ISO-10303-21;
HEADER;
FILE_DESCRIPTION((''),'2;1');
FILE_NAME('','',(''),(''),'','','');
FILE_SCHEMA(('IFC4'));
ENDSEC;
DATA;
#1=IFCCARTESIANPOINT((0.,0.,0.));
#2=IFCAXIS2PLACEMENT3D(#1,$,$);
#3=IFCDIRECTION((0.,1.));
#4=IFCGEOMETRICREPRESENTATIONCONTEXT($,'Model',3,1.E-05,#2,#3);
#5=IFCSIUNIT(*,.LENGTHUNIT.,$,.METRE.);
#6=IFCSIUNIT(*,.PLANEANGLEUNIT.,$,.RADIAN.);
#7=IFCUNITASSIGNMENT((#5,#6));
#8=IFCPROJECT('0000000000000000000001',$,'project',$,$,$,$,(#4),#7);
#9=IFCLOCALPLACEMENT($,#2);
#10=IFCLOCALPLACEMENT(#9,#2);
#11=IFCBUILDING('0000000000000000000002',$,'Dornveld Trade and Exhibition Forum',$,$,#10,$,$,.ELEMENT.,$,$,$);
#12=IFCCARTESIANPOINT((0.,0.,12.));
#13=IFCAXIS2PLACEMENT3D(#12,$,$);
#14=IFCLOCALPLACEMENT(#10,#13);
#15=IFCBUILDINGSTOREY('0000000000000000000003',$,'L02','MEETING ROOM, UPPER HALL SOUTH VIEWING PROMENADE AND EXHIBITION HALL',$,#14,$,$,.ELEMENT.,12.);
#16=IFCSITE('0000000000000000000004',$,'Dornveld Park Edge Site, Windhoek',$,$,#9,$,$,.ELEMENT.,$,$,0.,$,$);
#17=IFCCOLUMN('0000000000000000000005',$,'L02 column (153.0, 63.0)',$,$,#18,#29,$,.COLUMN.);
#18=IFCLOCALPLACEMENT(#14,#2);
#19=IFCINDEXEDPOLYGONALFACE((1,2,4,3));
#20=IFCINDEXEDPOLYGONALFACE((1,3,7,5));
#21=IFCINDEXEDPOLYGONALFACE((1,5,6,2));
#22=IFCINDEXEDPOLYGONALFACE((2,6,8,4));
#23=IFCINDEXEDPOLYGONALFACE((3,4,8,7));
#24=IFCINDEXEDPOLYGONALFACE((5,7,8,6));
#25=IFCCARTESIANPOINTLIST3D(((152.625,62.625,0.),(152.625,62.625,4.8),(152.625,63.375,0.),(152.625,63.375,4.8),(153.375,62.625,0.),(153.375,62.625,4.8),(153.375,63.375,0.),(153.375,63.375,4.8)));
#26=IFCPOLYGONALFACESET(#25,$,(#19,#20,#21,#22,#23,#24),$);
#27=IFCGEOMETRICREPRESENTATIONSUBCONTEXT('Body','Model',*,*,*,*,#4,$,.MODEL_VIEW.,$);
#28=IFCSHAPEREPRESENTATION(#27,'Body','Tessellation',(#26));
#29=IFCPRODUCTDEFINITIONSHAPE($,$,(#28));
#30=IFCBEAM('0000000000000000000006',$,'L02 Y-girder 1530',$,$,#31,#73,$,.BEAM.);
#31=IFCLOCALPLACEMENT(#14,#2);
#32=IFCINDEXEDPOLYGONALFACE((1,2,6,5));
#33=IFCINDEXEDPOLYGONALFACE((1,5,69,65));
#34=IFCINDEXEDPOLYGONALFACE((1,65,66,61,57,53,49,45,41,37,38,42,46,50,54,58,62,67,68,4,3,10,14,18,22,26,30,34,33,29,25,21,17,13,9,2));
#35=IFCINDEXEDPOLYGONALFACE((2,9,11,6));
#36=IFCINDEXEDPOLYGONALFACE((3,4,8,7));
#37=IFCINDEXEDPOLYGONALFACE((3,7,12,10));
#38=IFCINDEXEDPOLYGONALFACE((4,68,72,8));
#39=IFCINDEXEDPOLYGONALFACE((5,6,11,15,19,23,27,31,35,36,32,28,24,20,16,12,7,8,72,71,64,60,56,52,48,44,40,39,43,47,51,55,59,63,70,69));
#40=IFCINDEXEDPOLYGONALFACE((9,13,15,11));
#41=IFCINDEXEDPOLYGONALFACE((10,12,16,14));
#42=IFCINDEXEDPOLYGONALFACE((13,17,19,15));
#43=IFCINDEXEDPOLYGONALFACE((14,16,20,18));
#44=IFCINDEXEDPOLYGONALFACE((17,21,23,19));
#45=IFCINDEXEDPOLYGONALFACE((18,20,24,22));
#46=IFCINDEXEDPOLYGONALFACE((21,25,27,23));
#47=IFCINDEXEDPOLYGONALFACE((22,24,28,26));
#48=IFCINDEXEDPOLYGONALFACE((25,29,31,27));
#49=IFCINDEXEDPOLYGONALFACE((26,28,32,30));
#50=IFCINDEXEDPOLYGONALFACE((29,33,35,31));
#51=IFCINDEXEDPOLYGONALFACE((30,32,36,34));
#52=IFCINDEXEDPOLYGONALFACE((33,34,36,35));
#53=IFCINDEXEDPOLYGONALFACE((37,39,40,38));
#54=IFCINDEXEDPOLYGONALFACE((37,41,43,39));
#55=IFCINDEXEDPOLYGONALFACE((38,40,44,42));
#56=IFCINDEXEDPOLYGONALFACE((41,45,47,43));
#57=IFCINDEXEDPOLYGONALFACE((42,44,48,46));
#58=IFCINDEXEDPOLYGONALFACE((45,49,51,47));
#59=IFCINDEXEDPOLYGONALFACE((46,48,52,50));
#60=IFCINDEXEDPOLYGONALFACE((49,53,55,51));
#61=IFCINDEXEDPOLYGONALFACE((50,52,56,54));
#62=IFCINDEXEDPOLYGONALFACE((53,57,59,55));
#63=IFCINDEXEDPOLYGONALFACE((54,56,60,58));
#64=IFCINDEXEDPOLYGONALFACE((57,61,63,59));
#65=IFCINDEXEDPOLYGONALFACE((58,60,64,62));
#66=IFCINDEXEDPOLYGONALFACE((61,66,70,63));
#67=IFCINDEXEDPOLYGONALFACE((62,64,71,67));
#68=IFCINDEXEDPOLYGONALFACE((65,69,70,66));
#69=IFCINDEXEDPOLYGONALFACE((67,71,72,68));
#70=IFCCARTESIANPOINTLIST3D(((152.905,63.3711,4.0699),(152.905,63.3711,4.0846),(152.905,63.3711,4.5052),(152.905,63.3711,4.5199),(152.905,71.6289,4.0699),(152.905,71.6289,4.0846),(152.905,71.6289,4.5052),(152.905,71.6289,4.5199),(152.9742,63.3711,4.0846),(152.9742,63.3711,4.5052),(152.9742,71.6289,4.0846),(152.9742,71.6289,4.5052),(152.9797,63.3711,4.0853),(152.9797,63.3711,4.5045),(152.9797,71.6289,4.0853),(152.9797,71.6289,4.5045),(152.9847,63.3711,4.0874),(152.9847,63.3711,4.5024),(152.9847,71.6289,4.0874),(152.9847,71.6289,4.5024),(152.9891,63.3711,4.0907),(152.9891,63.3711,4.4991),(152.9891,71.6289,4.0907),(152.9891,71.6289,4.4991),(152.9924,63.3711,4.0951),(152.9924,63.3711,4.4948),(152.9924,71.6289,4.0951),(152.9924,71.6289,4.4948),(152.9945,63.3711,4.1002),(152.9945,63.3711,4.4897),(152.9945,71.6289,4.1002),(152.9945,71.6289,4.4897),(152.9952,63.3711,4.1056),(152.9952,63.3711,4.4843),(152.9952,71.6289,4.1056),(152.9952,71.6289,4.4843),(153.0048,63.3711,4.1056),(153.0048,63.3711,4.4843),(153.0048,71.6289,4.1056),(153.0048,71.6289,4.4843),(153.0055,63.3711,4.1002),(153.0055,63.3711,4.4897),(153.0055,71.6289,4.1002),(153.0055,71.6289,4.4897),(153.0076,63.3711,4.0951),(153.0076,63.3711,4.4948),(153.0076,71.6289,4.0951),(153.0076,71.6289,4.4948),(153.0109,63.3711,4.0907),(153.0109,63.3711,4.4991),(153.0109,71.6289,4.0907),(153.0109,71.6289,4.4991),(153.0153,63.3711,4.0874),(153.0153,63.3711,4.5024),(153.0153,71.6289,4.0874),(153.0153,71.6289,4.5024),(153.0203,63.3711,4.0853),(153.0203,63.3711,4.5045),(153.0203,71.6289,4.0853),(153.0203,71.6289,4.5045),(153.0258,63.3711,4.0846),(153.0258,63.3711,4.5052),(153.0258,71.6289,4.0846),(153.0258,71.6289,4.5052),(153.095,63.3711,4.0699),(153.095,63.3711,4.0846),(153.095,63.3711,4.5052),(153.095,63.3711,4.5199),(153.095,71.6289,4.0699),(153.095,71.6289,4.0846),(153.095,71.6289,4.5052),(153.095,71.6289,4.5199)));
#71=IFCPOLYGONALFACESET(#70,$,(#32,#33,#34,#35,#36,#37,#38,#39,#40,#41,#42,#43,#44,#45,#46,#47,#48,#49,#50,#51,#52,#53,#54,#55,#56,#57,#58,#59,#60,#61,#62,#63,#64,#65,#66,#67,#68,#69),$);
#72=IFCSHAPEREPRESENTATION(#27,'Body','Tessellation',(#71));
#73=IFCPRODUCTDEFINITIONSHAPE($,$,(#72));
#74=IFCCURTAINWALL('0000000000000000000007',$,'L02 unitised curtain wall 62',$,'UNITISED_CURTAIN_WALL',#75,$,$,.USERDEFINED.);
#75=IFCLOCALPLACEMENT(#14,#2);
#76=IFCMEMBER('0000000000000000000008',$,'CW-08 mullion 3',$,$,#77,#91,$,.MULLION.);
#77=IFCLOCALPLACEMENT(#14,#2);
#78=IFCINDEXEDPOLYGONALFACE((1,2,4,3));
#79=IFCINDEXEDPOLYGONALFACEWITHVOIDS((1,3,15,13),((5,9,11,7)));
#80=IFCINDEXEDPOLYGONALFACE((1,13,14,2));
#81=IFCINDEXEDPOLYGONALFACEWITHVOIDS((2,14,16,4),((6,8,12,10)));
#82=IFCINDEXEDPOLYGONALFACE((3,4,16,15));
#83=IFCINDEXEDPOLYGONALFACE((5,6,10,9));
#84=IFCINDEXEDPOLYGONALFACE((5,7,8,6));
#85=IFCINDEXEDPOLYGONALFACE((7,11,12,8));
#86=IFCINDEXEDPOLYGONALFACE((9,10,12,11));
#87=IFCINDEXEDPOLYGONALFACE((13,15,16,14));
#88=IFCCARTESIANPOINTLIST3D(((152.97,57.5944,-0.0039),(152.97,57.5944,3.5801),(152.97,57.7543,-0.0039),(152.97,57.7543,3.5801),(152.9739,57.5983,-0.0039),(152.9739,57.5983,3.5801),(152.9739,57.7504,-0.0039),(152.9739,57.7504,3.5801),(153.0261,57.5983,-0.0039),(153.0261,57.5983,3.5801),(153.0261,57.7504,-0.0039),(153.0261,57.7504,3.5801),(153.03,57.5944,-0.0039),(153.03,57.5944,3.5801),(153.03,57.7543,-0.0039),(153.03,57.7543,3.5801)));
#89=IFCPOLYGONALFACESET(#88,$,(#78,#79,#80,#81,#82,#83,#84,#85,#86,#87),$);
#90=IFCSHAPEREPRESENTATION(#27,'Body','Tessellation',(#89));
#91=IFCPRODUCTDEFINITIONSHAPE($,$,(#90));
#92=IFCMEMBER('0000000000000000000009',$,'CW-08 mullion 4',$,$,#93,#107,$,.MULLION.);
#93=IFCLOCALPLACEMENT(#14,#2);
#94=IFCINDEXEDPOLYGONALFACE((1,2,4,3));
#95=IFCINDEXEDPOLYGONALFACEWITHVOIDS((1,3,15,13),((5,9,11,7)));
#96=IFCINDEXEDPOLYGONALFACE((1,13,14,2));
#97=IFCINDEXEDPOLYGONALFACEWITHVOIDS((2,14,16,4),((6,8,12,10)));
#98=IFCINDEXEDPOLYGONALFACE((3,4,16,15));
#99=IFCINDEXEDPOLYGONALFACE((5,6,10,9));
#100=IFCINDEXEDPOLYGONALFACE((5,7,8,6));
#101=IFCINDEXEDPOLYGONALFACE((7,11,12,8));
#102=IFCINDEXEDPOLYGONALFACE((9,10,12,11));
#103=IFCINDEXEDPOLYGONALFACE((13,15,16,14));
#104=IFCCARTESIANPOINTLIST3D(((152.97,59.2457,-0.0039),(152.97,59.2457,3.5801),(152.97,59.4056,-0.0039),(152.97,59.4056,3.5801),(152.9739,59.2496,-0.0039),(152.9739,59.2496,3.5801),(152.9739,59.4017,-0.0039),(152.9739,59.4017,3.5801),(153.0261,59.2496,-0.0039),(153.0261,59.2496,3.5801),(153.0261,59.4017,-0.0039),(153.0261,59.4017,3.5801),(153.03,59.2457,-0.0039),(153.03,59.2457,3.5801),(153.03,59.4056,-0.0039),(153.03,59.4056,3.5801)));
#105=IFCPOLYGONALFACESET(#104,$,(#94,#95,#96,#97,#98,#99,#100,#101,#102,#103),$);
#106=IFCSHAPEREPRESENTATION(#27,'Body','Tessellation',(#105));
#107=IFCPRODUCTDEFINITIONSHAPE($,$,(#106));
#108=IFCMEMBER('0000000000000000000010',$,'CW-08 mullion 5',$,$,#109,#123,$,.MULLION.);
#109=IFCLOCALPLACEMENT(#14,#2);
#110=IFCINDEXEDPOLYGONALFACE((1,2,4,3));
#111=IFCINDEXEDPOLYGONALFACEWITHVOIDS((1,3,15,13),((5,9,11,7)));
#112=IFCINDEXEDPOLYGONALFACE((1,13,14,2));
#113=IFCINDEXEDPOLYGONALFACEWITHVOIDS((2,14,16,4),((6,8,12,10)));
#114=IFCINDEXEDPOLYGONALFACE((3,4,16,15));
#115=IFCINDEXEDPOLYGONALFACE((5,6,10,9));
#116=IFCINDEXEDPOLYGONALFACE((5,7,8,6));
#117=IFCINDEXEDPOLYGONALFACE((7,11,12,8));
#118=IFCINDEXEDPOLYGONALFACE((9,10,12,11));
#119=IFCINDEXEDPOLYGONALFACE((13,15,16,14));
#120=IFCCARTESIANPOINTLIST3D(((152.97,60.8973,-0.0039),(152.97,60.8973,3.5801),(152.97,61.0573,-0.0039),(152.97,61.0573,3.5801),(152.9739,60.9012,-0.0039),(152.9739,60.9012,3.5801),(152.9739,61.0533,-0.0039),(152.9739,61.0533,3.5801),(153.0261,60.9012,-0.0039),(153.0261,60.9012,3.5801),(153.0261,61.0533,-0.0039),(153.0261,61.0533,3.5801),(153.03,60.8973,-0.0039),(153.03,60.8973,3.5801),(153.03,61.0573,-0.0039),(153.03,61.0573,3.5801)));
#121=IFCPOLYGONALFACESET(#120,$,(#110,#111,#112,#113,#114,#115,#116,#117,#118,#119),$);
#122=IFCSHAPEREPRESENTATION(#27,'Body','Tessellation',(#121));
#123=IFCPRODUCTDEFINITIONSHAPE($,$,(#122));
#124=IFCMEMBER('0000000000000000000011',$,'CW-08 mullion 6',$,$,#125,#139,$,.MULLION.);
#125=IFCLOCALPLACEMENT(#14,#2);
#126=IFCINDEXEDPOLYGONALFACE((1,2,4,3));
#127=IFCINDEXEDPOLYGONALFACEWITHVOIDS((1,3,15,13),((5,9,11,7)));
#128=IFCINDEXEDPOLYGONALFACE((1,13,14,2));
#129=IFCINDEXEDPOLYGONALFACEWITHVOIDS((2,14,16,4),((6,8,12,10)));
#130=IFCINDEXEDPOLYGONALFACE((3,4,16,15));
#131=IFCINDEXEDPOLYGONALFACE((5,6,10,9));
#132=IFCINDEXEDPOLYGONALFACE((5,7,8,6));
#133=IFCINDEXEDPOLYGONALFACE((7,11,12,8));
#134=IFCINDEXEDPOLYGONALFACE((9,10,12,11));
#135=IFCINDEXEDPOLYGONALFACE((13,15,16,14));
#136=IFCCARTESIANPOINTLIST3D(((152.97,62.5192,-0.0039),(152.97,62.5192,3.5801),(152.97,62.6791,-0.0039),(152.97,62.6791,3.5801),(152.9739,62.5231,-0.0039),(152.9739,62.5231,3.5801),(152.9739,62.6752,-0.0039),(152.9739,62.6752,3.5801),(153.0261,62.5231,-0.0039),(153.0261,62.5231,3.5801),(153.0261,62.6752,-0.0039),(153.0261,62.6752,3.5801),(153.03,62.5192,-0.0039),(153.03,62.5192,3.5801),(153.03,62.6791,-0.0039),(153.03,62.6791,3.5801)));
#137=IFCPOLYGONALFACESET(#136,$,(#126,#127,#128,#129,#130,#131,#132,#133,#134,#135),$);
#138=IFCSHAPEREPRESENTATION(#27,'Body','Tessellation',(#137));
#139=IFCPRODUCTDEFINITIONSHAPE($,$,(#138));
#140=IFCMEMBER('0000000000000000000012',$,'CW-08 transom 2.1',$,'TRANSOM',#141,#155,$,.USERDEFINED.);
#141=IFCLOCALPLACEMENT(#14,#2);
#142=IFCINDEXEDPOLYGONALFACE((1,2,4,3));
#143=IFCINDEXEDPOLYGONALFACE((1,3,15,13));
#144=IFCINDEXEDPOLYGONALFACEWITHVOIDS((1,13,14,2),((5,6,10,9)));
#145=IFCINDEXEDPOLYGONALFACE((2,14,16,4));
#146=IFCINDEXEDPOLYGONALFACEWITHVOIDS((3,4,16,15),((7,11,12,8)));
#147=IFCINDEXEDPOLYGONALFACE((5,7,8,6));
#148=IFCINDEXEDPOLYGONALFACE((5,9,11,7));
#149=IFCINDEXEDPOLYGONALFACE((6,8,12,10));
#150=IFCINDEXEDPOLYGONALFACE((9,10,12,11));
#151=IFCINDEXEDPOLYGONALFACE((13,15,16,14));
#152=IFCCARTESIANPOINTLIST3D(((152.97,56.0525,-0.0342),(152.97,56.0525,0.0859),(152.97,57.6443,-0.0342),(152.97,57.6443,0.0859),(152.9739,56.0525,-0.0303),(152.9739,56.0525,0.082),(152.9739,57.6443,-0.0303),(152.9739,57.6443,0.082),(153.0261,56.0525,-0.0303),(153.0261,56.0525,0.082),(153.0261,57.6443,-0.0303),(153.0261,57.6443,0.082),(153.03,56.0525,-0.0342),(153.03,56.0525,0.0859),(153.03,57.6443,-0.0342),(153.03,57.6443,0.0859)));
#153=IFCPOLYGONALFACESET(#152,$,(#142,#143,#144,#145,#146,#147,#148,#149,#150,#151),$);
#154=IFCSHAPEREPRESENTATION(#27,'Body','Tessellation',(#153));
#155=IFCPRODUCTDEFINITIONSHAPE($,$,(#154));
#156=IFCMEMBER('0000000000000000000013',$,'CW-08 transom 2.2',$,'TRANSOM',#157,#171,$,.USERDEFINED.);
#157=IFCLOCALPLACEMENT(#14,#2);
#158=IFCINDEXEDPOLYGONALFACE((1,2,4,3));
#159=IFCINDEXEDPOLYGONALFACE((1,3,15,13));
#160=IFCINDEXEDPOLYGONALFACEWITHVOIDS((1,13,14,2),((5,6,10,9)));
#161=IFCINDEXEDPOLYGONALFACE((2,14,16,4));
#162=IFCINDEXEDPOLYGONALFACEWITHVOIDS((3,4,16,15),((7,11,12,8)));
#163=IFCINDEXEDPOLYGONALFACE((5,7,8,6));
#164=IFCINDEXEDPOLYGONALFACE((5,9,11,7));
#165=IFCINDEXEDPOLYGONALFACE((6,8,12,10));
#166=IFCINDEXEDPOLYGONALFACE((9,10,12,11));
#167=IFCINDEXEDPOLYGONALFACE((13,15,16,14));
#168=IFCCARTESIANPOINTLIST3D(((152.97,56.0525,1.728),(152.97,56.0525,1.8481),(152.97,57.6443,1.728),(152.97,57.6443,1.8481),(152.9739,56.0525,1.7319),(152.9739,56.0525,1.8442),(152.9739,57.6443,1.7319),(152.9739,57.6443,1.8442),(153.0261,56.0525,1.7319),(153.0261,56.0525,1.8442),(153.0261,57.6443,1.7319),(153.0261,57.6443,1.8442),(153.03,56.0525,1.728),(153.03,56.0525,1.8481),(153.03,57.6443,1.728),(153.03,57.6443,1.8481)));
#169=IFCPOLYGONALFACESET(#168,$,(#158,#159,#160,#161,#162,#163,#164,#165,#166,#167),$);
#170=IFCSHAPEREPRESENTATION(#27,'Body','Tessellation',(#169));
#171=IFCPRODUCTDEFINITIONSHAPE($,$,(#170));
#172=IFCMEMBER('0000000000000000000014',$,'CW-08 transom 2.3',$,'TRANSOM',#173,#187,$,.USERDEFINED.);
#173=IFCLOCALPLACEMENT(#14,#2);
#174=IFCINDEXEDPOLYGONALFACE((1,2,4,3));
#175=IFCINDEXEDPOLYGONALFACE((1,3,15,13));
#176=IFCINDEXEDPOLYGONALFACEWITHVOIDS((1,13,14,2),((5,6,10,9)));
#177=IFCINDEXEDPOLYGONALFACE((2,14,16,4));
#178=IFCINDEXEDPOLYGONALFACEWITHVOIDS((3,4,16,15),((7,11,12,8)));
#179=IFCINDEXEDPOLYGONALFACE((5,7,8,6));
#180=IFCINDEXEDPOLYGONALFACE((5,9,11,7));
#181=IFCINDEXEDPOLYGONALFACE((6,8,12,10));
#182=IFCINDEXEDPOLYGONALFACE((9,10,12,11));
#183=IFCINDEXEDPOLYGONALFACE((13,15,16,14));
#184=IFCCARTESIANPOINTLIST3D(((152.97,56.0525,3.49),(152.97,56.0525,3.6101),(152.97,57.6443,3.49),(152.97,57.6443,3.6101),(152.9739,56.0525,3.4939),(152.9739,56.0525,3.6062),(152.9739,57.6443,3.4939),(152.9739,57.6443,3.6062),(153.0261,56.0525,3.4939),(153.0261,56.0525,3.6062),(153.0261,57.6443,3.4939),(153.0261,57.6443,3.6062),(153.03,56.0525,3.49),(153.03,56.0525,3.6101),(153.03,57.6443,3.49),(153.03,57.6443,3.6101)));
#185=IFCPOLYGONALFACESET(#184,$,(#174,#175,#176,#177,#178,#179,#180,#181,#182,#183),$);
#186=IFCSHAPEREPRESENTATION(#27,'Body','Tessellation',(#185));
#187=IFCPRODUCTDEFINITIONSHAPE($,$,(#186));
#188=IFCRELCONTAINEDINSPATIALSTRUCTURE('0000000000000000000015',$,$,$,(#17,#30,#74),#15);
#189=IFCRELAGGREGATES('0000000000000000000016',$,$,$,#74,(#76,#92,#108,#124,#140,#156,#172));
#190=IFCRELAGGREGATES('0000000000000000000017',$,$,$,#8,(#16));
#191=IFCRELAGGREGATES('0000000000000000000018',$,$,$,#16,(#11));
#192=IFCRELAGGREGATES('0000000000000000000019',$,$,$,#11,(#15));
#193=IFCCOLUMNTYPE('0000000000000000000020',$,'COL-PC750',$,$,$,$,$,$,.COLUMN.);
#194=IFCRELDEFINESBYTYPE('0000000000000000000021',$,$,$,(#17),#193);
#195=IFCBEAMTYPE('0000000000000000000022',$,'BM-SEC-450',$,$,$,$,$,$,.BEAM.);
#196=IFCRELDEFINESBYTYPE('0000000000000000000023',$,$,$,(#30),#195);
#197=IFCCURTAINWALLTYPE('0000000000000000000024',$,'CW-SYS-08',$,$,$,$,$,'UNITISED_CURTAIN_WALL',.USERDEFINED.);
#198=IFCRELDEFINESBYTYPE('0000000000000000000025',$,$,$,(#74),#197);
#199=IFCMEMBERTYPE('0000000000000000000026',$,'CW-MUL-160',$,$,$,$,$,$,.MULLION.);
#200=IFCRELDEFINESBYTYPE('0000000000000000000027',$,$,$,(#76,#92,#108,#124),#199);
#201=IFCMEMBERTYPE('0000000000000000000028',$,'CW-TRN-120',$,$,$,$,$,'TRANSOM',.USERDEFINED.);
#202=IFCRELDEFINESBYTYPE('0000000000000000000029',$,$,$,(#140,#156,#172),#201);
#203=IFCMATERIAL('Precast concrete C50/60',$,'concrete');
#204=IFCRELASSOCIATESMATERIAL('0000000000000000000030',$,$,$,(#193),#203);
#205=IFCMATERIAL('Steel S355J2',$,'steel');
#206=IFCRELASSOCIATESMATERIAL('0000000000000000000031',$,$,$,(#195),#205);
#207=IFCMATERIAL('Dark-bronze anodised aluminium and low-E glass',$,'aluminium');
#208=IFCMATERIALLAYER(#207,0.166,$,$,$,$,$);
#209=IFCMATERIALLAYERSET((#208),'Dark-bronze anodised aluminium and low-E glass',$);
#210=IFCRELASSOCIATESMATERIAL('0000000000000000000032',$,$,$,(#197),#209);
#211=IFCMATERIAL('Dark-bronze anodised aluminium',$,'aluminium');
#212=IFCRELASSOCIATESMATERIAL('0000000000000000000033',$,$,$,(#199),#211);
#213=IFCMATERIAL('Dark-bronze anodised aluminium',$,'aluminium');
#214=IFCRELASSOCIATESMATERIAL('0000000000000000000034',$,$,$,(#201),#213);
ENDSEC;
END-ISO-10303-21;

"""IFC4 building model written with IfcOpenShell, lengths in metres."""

from ifc_helpers import new_model, si_unit, direction, frame, origin, origin_2d, place, context, subcontext, project, spatial, rectangle, hollow_rectangle, i_section, extrude, material, layer, layer_set, material_profile, profile_set, type_object, element, aggregate, save


model = new_model("IFC4")

# Units and contexts
model_context = context("Model", 3, precision=1e-05, world=origin(), true_north=direction((0.0, 1.0)))
body_context = subcontext(model_context, "Body", "Model", "MODEL_VIEW")
ifc_project = project(units=[si_unit("LENGTHUNIT", "METRE"), si_unit("PLANEANGLEUNIT", "RADIAN")], contexts=[model_context])

# Site, building, storey
site_placement = place(None, origin())
site = spatial("IfcSite", under=ifc_project, at=site_placement, Name="Dornveld Park Edge Site, Windhoek", CompositionType="ELEMENT", RefElevation=0.0)
building_placement = place(site_placement, origin())
building = spatial("IfcBuilding", under=site, at=building_placement, Name="Dornveld Trade and Exhibition Forum", CompositionType="ELEMENT")
storey_placement = place(building_placement, frame((0.0, 0.0, 12.0)))
storey = spatial("IfcBuildingStorey", under=building, at=storey_placement, Name="L02", Description="MEETING ROOM, UPPER HALL SOUTH VIEWING PROMENADE AND EXHIBITION HALL", CompositionType="ELEMENT", Elevation=12.0)

# Column
ifc_material_1 = material(Name="Precast concrete C50/60", Category="concrete")
ifc_material_profile_1 = material_profile(ifc_material_1, rectangle(XDim=0.75, YDim=0.75, at=origin_2d()), Name="PC-COL 750x750")
ifc_profile_set_1 = profile_set([ifc_material_profile_1], Name="Precast concrete C50/60")
column_type = type_object("IfcColumnType", Name="COL-PC750", PredefinedType="COLUMN", material=ifc_profile_set_1)
column_placement = place(storey_placement, frame((153.0, 63.0, 0.0), z_axis=(0.0, 0.0, 1.0), x_axis=(1.0, 0.0, 0.0)))
element("IfcColumn", 1, at=column_placement, inside=storey, type_object=column_type, Name="L02 column (153.0, 63.0)", PredefinedType="COLUMN", context=body_context, shape_type="SweptSolid", body=[
    extrude(rectangle(XDim=0.75, YDim=0.75, at=origin_2d()), origin(), (0.0, 0.0, 1.0), 4.8),
])

# Beam
ifc_material_2 = material(Name="Steel S355J2", Category="steel")
ifc_material_profile_2 = material_profile(ifc_material_2, i_section(OverallWidth=0.1899, OverallDepth=0.45, WebThickness=0.0095, FlangeThickness=0.0146, FilletRadius=0.021, at=origin_2d()), Name="IPE 450")
ifc_profile_set_2 = profile_set([ifc_material_profile_2], Name="Steel S355J2")
beam_type = type_object("IfcBeamType", Name="BM-SEC-450", PredefinedType="BEAM", material=ifc_profile_set_2)
beam_placement = place(storey_placement, frame((153.0, 63.3711, 4.2949), z_axis=(0.0, 1.0, 0.0), x_axis=(-1.0, 0.0, 0.0)))
element("IfcBeam", 2, at=beam_placement, inside=storey, type_object=beam_type, Name="L02 Y-girder 1530", PredefinedType="BEAM", context=body_context, shape_type="SweptSolid", body=[
    extrude(i_section(OverallWidth=0.1899, OverallDepth=0.45, WebThickness=0.0095, FlangeThickness=0.0146, FilletRadius=0.021, at=origin_2d()), origin(), (0.0, 0.0, 1.0), 8.2578),
])

# Curtain wall, members
ifc_material_3 = material(Name="Dark-bronze anodised aluminium and low-E glass", Category="aluminium")
ifc_layer_1 = layer(ifc_material_3, 0.166)
ifc_layer_set_1 = layer_set([ifc_layer_1], Name="Dark-bronze anodised aluminium and low-E glass")
curtain_wall_type = type_object("IfcCurtainWallType", Name="CW-SYS-08", ElementType="UNITISED_CURTAIN_WALL", PredefinedType="USERDEFINED", material=ifc_layer_set_1)
curtain_wall_placement = place(storey_placement, origin())
curtain_wall = element("IfcCurtainWall", 3, at=curtain_wall_placement, inside=storey, type_object=curtain_wall_type, Name="L02 unitised curtain wall 62", ObjectType="UNITISED_CURTAIN_WALL", PredefinedType="USERDEFINED")
ifc_material_4 = material(Name="Dark-bronze anodised aluminium", Category="aluminium")
ifc_material_profile_3 = material_profile(ifc_material_4, hollow_rectangle(XDim=0.0601, YDim=0.1599, WallThickness=0.0039, at=origin_2d()), Name="RHS 160x60x4")
ifc_profile_set_3 = profile_set([ifc_material_profile_3], Name="Dark-bronze anodised aluminium")
member_type_1 = type_object("IfcMemberType", Name="CW-MUL-160", PredefinedType="MULLION", material=ifc_profile_set_3)
member_1_placement = place(storey_placement, frame((153.0, 57.6743, -0.0039), z_axis=(0.0, 0.0, 1.0), x_axis=(-1.0, 0.0, 0.0)))
member_1 = element("IfcMember", 4, at=member_1_placement, type_object=member_type_1, Name="CW-08 mullion 3", PredefinedType="MULLION", context=body_context, shape_type="SweptSolid", body=[
    extrude(hollow_rectangle(XDim=0.0601, YDim=0.1599, WallThickness=0.0039, at=origin_2d()), origin(), (0.0, 0.0, 1.0), 3.584),
])
member_2_placement = place(storey_placement, frame((153.0, 59.3257, -0.0039), z_axis=(0.0, 0.0, 1.0), x_axis=(-1.0, 0.0, 0.0)))
member_2 = element("IfcMember", 5, at=member_2_placement, type_object=member_type_1, Name="CW-08 mullion 4", PredefinedType="MULLION", context=body_context, shape_type="SweptSolid", body=[
    extrude(hollow_rectangle(XDim=0.0601, YDim=0.1599, WallThickness=0.0039, at=origin_2d()), origin(), (0.0, 0.0, 1.0), 3.584),
])
member_3_placement = place(storey_placement, frame((153.0, 60.9773, -0.0039), z_axis=(0.0, 0.0, 1.0), x_axis=(-1.0, 0.0, 0.0)))
member_3 = element("IfcMember", 6, at=member_3_placement, type_object=member_type_1, Name="CW-08 mullion 5", PredefinedType="MULLION", context=body_context, shape_type="SweptSolid", body=[
    extrude(hollow_rectangle(XDim=0.0601, YDim=0.1599, WallThickness=0.0039, at=origin_2d()), origin(), (0.0, 0.0, 1.0), 3.584),
])
member_4_placement = place(storey_placement, frame((153.0, 62.5991, -0.0039), z_axis=(0.0, 0.0, 1.0), x_axis=(-1.0, 0.0, 0.0)))
member_4 = element("IfcMember", 7, at=member_4_placement, type_object=member_type_1, Name="CW-08 mullion 6", PredefinedType="MULLION", context=body_context, shape_type="SweptSolid", body=[
    extrude(hollow_rectangle(XDim=0.0601, YDim=0.1599, WallThickness=0.0039, at=origin_2d()), origin(), (0.0, 0.0, 1.0), 3.584),
])
ifc_material_5 = material(Name="Dark-bronze anodised aluminium", Category="aluminium")
ifc_material_profile_4 = material_profile(ifc_material_5, hollow_rectangle(XDim=0.0601, YDim=0.1201, WallThickness=0.0039, at=origin_2d()), Name="RHS 120x60x4")
ifc_profile_set_4 = profile_set([ifc_material_profile_4], Name="Dark-bronze anodised aluminium")
member_type_2 = type_object("IfcMemberType", Name="CW-TRN-120", ElementType="TRANSOM", PredefinedType="USERDEFINED", material=ifc_profile_set_4)
member_5_placement = place(storey_placement, frame((153.0, 56.0525, 0.0259), z_axis=(0.0, 1.0, 0.0), x_axis=(-1.0, 0.0, 0.0)))
member_5 = element("IfcMember", 8, at=member_5_placement, type_object=member_type_2, Name="CW-08 transom 2.1", ObjectType="TRANSOM", PredefinedType="USERDEFINED", context=body_context, shape_type="SweptSolid", body=[
    extrude(hollow_rectangle(XDim=0.0601, YDim=0.1201, WallThickness=0.0039, at=origin_2d()), origin(), (0.0, 0.0, 1.0), 1.5918),
])
member_6_placement = place(storey_placement, frame((153.0, 56.0525, 1.7881), z_axis=(0.0, 1.0, 0.0), x_axis=(-1.0, 0.0, 0.0)))
member_6 = element("IfcMember", 9, at=member_6_placement, type_object=member_type_2, Name="CW-08 transom 2.2", ObjectType="TRANSOM", PredefinedType="USERDEFINED", context=body_context, shape_type="SweptSolid", body=[
    extrude(hollow_rectangle(XDim=0.0601, YDim=0.1201, WallThickness=0.0039, at=origin_2d()), origin(), (0.0, 0.0, 1.0), 1.5918),
])
member_7_placement = place(storey_placement, frame((153.0, 56.0525, 3.55), z_axis=(0.0, 1.0, 0.0), x_axis=(-1.0, 0.0, 0.0)))
member_7 = element("IfcMember", 10, at=member_7_placement, type_object=member_type_2, Name="CW-08 transom 2.3", ObjectType="TRANSOM", PredefinedType="USERDEFINED", context=body_context, shape_type="SweptSolid", body=[
    extrude(hollow_rectangle(XDim=0.0601, YDim=0.1201, WallThickness=0.0039, at=origin_2d()), origin(), (0.0, 0.0, 1.0), 1.5918),
])
aggregate(curtain_wall, [member_1, member_2, member_3, member_4, member_5, member_6, member_7])

save(model, "model.ifc")
